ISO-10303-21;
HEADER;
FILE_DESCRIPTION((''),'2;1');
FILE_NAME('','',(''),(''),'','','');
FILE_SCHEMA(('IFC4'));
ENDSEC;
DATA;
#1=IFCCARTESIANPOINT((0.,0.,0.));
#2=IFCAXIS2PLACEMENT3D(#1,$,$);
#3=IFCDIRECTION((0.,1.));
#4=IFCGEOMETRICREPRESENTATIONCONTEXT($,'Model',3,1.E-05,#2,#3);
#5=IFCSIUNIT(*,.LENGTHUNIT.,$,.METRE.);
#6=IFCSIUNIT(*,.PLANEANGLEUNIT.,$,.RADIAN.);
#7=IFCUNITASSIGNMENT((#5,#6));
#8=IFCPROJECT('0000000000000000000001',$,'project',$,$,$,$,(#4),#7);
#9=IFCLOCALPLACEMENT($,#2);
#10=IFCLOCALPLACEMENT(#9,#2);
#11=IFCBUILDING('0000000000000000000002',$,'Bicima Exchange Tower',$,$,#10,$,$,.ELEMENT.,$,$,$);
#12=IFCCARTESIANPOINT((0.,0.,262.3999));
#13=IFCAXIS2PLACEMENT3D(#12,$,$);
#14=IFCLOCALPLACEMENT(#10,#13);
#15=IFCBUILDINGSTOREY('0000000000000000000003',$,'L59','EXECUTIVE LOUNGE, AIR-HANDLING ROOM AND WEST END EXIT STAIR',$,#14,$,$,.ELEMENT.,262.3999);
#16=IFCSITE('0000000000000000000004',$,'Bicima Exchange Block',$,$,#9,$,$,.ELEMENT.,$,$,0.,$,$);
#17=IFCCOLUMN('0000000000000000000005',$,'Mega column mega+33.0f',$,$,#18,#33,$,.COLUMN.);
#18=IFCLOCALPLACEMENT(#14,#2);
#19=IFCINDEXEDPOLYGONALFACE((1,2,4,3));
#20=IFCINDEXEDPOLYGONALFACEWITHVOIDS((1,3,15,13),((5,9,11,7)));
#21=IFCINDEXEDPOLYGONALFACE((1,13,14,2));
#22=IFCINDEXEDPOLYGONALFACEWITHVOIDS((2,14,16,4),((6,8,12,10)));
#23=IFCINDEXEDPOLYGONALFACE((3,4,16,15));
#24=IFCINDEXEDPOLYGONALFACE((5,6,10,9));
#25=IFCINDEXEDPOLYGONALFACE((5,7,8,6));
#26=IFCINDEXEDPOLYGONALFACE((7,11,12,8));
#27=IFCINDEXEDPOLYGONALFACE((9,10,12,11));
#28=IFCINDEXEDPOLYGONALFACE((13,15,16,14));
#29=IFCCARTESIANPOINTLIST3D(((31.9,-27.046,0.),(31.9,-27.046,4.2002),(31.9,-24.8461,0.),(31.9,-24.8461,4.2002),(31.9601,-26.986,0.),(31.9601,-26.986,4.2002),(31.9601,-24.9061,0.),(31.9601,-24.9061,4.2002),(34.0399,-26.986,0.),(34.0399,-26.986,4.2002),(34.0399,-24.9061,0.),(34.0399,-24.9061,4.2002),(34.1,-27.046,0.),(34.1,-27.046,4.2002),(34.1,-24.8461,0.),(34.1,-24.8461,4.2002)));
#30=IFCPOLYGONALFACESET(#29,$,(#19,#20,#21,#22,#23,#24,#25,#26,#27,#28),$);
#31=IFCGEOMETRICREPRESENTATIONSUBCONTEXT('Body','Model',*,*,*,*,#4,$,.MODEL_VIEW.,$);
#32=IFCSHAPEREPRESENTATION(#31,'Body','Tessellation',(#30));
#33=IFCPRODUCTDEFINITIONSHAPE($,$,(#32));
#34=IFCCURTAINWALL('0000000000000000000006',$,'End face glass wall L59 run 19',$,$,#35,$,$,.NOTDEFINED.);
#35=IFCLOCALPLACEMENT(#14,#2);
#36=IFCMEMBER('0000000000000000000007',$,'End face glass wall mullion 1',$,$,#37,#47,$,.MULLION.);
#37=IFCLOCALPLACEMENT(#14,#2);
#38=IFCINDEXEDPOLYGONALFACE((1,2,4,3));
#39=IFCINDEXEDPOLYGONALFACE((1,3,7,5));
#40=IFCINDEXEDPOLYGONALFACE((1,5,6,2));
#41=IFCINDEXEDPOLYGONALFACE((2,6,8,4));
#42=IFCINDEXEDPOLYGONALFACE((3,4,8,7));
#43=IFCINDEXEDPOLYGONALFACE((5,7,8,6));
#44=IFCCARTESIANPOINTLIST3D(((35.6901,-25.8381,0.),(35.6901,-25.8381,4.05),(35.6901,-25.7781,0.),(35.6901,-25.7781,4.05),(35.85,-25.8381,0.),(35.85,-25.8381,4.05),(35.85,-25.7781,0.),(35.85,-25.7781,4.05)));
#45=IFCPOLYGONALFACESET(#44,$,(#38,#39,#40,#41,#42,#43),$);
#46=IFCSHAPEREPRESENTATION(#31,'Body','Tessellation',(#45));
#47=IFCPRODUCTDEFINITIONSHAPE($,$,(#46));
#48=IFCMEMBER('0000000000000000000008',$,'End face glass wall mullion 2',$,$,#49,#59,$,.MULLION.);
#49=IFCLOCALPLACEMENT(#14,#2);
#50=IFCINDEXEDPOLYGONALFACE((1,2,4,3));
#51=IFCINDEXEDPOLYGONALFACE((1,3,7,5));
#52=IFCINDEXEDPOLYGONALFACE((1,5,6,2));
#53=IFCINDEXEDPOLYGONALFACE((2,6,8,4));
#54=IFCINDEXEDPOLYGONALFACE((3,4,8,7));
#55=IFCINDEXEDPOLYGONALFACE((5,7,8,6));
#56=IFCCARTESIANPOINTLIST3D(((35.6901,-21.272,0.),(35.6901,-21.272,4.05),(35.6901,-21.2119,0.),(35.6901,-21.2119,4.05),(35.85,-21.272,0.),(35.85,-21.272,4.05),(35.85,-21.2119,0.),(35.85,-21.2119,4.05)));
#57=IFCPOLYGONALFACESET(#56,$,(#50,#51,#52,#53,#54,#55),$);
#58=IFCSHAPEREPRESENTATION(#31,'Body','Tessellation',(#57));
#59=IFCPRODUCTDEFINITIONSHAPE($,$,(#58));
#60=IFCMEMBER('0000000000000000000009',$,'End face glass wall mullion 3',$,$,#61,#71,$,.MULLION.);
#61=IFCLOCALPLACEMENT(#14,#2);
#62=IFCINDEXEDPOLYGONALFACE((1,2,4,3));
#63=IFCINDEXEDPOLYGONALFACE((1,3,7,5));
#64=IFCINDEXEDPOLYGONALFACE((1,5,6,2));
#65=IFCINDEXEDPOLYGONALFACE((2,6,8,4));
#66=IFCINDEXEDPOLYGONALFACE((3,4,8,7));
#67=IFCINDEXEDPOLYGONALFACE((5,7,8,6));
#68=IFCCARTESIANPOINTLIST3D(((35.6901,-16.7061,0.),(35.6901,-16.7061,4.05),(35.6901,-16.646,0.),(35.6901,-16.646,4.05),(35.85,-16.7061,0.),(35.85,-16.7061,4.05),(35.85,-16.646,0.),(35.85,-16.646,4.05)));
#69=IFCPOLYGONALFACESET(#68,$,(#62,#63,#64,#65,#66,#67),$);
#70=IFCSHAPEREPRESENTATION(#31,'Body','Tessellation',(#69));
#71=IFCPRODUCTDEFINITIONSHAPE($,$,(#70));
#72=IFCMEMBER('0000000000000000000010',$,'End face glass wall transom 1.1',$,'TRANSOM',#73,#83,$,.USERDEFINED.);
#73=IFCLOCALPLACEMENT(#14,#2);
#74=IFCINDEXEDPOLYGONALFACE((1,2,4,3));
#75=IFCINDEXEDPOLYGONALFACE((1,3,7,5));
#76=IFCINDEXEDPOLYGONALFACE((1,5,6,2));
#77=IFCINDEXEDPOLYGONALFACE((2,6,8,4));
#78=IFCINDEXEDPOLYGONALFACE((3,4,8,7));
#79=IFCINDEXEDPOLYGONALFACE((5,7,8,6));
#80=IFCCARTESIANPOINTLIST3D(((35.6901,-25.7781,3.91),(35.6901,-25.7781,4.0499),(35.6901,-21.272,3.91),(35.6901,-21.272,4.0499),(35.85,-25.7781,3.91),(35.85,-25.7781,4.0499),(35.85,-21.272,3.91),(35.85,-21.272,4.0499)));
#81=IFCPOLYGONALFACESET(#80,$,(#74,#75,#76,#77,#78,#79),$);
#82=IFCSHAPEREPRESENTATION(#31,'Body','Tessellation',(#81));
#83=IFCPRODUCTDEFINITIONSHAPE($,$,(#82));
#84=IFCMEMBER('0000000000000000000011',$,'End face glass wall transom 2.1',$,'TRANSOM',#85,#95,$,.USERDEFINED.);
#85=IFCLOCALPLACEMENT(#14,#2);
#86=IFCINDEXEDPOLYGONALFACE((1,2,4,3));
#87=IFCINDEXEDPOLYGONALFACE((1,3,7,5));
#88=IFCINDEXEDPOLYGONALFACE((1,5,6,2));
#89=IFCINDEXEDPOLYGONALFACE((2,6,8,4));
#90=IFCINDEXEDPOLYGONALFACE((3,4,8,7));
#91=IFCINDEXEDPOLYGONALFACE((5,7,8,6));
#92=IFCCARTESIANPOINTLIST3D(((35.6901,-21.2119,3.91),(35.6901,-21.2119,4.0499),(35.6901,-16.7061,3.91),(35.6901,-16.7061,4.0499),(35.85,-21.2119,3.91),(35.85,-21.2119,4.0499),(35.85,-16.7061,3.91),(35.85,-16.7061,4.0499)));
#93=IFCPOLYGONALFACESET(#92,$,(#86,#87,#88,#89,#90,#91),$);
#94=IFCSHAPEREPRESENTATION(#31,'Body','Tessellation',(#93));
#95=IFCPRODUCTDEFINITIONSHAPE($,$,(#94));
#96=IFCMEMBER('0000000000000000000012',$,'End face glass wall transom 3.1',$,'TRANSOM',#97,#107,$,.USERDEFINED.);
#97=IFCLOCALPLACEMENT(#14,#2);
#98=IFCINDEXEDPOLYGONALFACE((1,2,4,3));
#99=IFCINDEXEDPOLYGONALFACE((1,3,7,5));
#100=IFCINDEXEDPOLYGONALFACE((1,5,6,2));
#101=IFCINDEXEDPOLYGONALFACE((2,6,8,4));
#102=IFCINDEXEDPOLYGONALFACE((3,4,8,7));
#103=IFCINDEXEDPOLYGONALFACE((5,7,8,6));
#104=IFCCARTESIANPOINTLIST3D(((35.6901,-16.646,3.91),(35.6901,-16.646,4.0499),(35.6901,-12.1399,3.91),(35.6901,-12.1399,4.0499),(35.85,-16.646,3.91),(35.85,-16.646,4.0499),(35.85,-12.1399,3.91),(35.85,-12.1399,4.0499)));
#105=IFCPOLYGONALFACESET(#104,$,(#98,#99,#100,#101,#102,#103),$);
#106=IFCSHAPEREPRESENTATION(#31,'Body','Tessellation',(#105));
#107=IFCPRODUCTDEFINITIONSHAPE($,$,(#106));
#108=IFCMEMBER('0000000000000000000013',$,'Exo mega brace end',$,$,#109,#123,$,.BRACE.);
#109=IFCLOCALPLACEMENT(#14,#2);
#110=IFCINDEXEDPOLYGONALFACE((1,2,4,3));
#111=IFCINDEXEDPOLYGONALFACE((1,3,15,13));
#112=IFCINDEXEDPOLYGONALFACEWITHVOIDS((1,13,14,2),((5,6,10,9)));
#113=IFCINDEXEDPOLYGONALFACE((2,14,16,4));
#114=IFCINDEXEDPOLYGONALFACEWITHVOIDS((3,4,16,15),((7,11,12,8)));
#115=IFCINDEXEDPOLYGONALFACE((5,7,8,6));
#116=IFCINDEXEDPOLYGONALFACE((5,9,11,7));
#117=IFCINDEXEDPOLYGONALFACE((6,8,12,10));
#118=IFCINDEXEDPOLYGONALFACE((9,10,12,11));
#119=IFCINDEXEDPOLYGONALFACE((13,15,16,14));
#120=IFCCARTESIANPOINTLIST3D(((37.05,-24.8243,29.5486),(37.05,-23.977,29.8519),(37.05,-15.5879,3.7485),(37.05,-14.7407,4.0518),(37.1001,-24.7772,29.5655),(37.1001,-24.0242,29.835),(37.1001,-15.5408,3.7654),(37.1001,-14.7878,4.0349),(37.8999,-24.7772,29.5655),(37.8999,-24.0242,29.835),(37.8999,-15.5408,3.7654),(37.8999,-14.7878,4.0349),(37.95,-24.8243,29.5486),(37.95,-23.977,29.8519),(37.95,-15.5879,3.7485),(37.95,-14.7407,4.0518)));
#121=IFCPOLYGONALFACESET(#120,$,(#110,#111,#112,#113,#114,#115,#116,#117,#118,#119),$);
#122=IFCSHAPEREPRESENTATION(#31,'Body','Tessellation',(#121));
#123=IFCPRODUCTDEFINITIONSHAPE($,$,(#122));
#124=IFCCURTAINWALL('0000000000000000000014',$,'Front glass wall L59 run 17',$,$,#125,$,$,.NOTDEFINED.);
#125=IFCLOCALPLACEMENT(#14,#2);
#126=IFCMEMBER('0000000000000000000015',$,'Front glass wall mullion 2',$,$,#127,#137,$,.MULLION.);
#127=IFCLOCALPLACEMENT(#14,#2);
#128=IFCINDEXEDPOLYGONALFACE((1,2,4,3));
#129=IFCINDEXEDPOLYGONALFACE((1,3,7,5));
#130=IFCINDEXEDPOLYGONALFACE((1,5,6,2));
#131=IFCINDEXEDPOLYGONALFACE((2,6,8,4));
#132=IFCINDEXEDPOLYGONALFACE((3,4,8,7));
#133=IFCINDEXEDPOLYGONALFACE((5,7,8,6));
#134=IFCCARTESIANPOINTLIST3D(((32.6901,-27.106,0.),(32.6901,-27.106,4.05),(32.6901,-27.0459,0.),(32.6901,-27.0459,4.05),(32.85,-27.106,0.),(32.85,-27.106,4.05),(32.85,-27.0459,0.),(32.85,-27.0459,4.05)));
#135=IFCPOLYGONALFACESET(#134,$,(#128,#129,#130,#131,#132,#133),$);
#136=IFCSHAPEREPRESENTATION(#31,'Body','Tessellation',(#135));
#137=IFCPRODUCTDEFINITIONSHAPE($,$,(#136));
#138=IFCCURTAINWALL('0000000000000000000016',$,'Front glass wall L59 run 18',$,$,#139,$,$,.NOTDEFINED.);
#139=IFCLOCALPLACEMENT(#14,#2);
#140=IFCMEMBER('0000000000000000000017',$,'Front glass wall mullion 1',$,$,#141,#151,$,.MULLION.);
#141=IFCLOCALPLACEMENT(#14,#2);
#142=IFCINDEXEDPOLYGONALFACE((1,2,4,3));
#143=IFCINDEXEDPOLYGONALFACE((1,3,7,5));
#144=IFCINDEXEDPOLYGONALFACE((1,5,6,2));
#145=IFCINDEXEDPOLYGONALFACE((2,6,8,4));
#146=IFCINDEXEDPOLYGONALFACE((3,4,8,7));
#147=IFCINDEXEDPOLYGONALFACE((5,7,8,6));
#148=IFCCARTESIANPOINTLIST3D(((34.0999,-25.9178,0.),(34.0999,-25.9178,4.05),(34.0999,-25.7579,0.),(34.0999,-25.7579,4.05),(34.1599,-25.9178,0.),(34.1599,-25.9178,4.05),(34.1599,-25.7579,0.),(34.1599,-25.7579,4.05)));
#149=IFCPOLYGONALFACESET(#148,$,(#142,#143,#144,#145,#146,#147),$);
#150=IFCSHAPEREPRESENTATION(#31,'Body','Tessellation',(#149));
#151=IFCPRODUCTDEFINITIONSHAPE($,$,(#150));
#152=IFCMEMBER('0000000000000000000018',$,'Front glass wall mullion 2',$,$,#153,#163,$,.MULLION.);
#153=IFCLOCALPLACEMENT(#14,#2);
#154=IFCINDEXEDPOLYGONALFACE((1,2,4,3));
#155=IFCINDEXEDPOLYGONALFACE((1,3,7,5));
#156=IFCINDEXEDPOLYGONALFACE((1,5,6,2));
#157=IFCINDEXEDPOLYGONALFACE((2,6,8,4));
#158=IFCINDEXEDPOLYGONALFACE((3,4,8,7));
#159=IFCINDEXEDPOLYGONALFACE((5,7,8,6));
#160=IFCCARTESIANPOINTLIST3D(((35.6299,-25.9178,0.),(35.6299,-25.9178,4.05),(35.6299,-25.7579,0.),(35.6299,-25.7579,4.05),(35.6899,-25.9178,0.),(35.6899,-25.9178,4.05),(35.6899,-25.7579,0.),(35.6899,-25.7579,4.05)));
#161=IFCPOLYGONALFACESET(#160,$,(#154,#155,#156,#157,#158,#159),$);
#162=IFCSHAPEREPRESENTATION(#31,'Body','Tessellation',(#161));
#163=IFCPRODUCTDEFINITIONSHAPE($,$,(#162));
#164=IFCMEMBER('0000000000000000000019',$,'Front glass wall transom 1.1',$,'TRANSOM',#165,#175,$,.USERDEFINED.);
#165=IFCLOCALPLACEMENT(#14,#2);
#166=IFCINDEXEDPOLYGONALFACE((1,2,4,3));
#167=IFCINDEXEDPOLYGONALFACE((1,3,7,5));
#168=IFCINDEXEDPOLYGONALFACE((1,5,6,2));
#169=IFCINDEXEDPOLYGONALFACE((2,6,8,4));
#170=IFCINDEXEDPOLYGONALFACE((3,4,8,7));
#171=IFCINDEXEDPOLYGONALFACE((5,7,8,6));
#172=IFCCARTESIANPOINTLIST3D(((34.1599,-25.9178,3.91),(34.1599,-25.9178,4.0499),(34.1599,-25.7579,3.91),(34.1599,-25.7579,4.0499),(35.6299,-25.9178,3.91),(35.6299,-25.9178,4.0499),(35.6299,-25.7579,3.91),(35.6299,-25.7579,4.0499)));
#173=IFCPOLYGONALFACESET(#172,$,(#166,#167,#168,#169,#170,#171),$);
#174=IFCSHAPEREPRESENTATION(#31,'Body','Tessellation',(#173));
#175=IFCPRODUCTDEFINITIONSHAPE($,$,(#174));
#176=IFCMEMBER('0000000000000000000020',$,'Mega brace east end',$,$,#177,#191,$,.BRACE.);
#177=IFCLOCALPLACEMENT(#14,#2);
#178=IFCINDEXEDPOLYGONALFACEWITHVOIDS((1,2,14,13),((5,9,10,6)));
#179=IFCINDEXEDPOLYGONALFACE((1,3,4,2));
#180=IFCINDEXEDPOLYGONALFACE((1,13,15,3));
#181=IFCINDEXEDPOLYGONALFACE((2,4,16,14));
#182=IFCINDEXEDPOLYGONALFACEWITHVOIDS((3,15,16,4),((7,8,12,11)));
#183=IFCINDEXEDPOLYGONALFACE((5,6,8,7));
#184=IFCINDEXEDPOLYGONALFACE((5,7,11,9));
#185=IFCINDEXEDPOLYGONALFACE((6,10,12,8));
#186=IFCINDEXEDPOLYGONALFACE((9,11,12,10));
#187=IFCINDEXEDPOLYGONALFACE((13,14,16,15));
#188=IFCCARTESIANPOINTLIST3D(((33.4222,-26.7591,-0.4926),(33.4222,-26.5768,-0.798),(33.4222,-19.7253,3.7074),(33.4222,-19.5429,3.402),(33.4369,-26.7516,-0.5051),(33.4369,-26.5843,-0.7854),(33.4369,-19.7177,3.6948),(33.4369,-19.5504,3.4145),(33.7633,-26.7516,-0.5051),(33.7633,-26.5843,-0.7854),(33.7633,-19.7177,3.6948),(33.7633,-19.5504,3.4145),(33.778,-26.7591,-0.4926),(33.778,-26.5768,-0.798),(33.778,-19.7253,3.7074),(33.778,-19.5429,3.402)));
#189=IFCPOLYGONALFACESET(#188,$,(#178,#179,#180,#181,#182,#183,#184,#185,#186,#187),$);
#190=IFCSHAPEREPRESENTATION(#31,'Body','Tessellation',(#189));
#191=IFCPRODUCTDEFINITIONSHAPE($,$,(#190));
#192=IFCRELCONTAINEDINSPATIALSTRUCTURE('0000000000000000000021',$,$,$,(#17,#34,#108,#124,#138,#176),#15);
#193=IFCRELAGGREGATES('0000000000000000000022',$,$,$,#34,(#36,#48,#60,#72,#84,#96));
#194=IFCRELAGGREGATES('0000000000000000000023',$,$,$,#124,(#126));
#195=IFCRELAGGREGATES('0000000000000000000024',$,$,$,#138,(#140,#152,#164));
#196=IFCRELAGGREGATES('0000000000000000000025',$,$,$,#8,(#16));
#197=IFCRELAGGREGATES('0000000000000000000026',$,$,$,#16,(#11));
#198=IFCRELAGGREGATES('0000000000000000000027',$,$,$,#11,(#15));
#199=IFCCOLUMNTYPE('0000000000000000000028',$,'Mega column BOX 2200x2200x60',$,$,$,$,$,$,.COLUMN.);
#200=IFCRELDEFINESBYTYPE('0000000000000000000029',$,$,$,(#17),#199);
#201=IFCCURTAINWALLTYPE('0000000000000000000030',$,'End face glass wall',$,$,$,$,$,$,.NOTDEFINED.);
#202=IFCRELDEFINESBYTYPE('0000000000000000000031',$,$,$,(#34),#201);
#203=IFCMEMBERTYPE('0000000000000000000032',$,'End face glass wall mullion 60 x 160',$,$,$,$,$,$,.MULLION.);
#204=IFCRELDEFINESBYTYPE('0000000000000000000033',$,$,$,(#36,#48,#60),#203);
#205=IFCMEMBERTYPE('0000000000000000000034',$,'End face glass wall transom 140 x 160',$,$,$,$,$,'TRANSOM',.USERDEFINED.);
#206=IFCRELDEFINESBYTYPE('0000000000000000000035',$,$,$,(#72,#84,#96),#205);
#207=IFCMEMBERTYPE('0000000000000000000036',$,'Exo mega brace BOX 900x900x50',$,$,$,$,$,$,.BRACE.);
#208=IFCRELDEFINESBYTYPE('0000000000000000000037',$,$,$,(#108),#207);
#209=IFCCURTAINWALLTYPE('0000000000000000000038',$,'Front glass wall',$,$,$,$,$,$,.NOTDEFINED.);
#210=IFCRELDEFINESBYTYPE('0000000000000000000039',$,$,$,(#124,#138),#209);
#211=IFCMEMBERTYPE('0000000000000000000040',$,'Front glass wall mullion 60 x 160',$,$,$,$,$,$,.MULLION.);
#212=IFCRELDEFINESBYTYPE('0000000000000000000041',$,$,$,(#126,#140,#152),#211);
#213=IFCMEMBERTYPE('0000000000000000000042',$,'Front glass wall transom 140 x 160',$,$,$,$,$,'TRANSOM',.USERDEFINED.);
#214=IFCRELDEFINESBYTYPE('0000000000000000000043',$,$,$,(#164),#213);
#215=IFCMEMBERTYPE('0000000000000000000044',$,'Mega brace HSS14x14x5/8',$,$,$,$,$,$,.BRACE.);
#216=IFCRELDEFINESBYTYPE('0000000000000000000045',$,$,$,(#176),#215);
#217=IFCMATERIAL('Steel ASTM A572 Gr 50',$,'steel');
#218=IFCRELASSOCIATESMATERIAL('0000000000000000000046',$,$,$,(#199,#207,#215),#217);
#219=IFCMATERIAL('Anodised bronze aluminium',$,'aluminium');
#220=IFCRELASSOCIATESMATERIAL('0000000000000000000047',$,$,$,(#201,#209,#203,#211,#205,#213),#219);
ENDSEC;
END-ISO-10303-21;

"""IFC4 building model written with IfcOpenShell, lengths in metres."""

from ifc_helpers import new_model, si_unit, direction, frame, origin, origin_2d, place, context, subcontext, project, spatial, rectangle, hollow_rectangle, extrude, material, material_profile, profile_set, type_object, element, aggregate, save


model = new_model("IFC4")

# Units and contexts
model_context = context("Model", 3, precision=1e-05, world=origin(), true_north=direction((0.0, 1.0)))
body_context = subcontext(model_context, "Body", "Model", "MODEL_VIEW")
ifc_project = project(units=[si_unit("LENGTHUNIT", "METRE"), si_unit("PLANEANGLEUNIT", "RADIAN")], contexts=[model_context])

# Site, building, storey
site_placement = place(None, origin())
site = spatial("IfcSite", under=ifc_project, at=site_placement, Name="Bicima Exchange Block", CompositionType="ELEMENT", RefElevation=0.0)
building_placement = place(site_placement, origin())
building = spatial("IfcBuilding", under=site, at=building_placement, Name="Bicima Exchange Tower", CompositionType="ELEMENT")
storey_placement = place(building_placement, frame((0.0, 0.0, 262.3999)))
storey = spatial("IfcBuildingStorey", under=building, at=storey_placement, Name="L59", Description="EXECUTIVE LOUNGE, AIR-HANDLING ROOM AND WEST END EXIT STAIR", CompositionType="ELEMENT", Elevation=262.3999)

# Column
ifc_material_1 = material(Name="Steel ASTM A572 Gr 50", Category="steel")
ifc_material_profile_1 = material_profile(ifc_material_1, hollow_rectangle(XDim=2.2, YDim=2.2, WallThickness=0.0601, at=origin_2d()))
ifc_profile_set_1 = profile_set([ifc_material_profile_1], Name="Steel ASTM A572 Gr 50")
column_type = type_object("IfcColumnType", Name="Mega column BOX 2200x2200x60", PredefinedType="COLUMN", material=ifc_profile_set_1)
column_placement = place(storey_placement, frame((33.0, -25.946, 0.0), z_axis=(0.0, 0.0, 1.0), x_axis=(1.0, 0.0, 0.0)))
element("IfcColumn", 1, at=column_placement, inside=storey, type_object=column_type, Name="Mega column mega+33.0f", PredefinedType="COLUMN", context=body_context, shape_type="SweptSolid", body=[
    extrude(hollow_rectangle(XDim=2.2, YDim=2.2, WallThickness=0.0601, at=origin_2d()), origin(), (0.0, 0.0, 1.0), 4.2002),
])

# Curtain wall, members
ifc_material_2 = material(Name="Anodised bronze aluminium", Category="aluminium")
curtain_wall_type_1 = type_object("IfcCurtainWallType", Name="End face glass wall", PredefinedType="NOTDEFINED", material=ifc_material_2)
curtain_wall_1_placement = place(storey_placement, origin())
curtain_wall_1 = element("IfcCurtainWall", 2, at=curtain_wall_1_placement, inside=storey, type_object=curtain_wall_type_1, Name="End face glass wall L59 run 19", PredefinedType="NOTDEFINED")
ifc_material_profile_2 = material_profile(ifc_material_2, rectangle(XDim=0.1599, YDim=0.0601, at=origin_2d()))
ifc_profile_set_2 = profile_set([ifc_material_profile_2], Name="Anodised bronze aluminium")
member_type_1 = type_object("IfcMemberType", Name="End face glass wall mullion 60 x 160", PredefinedType="MULLION", material=ifc_profile_set_2)
member_1_placement = place(storey_placement, frame((35.77, -25.8081, 0.0), z_axis=(0.0, 0.0, 1.0), x_axis=(-1.0, 0.0, 0.0)))
member_1 = element("IfcMember", 3, at=member_1_placement, type_object=member_type_1, Name="End face glass wall mullion 1", PredefinedType="MULLION", context=body_context, shape_type="SweptSolid", body=[
    extrude(rectangle(XDim=0.1599, YDim=0.0601, at=origin_2d()), origin(), (0.0, 0.0, 1.0), 4.05),
])
member_2_placement = place(storey_placement, frame((35.77, -21.2419, 0.0), z_axis=(0.0, 0.0, 1.0), x_axis=(-1.0, 0.0, 0.0)))
member_2 = element("IfcMember", 4, at=member_2_placement, type_object=member_type_1, Name="End face glass wall mullion 2", PredefinedType="MULLION", context=body_context, shape_type="SweptSolid", body=[
    extrude(rectangle(XDim=0.1599, YDim=0.0601, at=origin_2d()), origin(), (0.0, 0.0, 1.0), 4.05),
])
member_3_placement = place(storey_placement, frame((35.77, -16.676, 0.0), z_axis=(0.0, 0.0, 1.0), x_axis=(-1.0, 0.0, 0.0)))
member_3 = element("IfcMember", 5, at=member_3_placement, type_object=member_type_1, Name="End face glass wall mullion 3", PredefinedType="MULLION", context=body_context, shape_type="SweptSolid", body=[
    extrude(rectangle(XDim=0.1599, YDim=0.0601, at=origin_2d()), origin(), (0.0, 0.0, 1.0), 4.05),
])
ifc_material_profile_3 = material_profile(ifc_material_2, rectangle(XDim=0.1599, YDim=0.1399, at=origin_2d()))
ifc_profile_set_3 = profile_set([ifc_material_profile_3], Name="Anodised bronze aluminium")
member_type_2 = type_object("IfcMemberType", Name="End face glass wall transom 140 x 160", ElementType="TRANSOM", PredefinedType="USERDEFINED", material=ifc_profile_set_3)
member_4_placement = place(storey_placement, frame((35.77, -25.7781, 3.98), z_axis=(0.0, 1.0, 0.0), x_axis=(-1.0, 0.0, 0.0)))
member_4 = element("IfcMember", 6, at=member_4_placement, type_object=member_type_2, Name="End face glass wall transom 1.1", ObjectType="TRANSOM", PredefinedType="USERDEFINED", context=body_context, shape_type="SweptSolid", body=[
    extrude(rectangle(XDim=0.1599, YDim=0.1399, at=origin_2d()), origin(), (0.0, 0.0, 1.0), 4.5061),
])
member_5_placement = place(storey_placement, frame((35.77, -21.2119, 3.98), z_axis=(0.0, 1.0, 0.0), x_axis=(-1.0, 0.0, 0.0)))
member_5 = element("IfcMember", 7, at=member_5_placement, type_object=member_type_2, Name="End face glass wall transom 2.1", ObjectType="TRANSOM", PredefinedType="USERDEFINED", context=body_context, shape_type="SweptSolid", body=[
    extrude(rectangle(XDim=0.1599, YDim=0.1399, at=origin_2d()), origin(), (0.0, 0.0, 1.0), 4.5059),
])
member_6_placement = place(storey_placement, frame((35.77, -16.646, 3.98), z_axis=(0.0, 1.0, 0.0), x_axis=(-1.0, 0.0, 0.0)))
member_6 = element("IfcMember", 8, at=member_6_placement, type_object=member_type_2, Name="End face glass wall transom 3.1", ObjectType="TRANSOM", PredefinedType="USERDEFINED", context=body_context, shape_type="SweptSolid", body=[
    extrude(rectangle(XDim=0.1599, YDim=0.1399, at=origin_2d()), origin(), (0.0, 0.0, 1.0), 4.5061),
])

# Member
ifc_material_profile_4 = material_profile(ifc_material_1, hollow_rectangle(XDim=0.8999, YDim=0.8999, WallThickness=0.05, at=origin_2d()))
ifc_profile_set_4 = profile_set([ifc_material_profile_4], Name="Steel ASTM A572 Gr 50")
member_type_3 = type_object("IfcMemberType", Name="Exo mega brace BOX 900x900x50", PredefinedType="BRACE", material=ifc_profile_set_4)
member_7_placement = place(storey_placement, frame((37.5, -15.1643, 3.9001), z_axis=(0.0, -0.337049, 0.941487), x_axis=(1.0, 0.0, 0.0)))
element("IfcMember", 9, at=member_7_placement, inside=storey, type_object=member_type_3, Name="Exo mega brace end", PredefinedType="BRACE", context=body_context, shape_type="SweptSolid", body=[
    extrude(hollow_rectangle(XDim=0.8999, YDim=0.8999, WallThickness=0.05, at=origin_2d()), origin(), (0.0, 0.0, 1.0), 27.4036),
])

# Curtain wall, member
curtain_wall_type_2 = type_object("IfcCurtainWallType", Name="Front glass wall", PredefinedType="NOTDEFINED", material=ifc_material_2)
curtain_wall_2_placement = place(storey_placement, origin())
curtain_wall_2 = element("IfcCurtainWall", 10, at=curtain_wall_2_placement, inside=storey, type_object=curtain_wall_type_2, Name="Front glass wall L59 run 17", PredefinedType="NOTDEFINED")
member_type_4 = type_object("IfcMemberType", Name="Front glass wall mullion 60 x 160", PredefinedType="MULLION", material=ifc_profile_set_2)
member_8_placement = place(storey_placement, frame((32.77, -27.0759, 0.0), z_axis=(0.0, 0.0, 1.0), x_axis=(-1.0, 0.0, 0.0)))
member_8 = element("IfcMember", 11, at=member_8_placement, type_object=member_type_4, Name="Front glass wall mullion 2", PredefinedType="MULLION", context=body_context, shape_type="SweptSolid", body=[
    extrude(rectangle(XDim=0.1599, YDim=0.0601, at=origin_2d()), origin(), (0.0, 0.0, 1.0), 4.05),
])

# Curtain wall, members
curtain_wall_3_placement = place(storey_placement, origin())
curtain_wall_3 = element("IfcCurtainWall", 12, at=curtain_wall_3_placement, inside=storey, type_object=curtain_wall_type_2, Name="Front glass wall L59 run 18", PredefinedType="NOTDEFINED")
member_9_placement = place(storey_placement, frame((34.1299, -25.8379, 0.0), z_axis=(0.0, 0.0, 1.0), x_axis=(0.0, 1.0, 0.0)))
member_9 = element("IfcMember", 13, at=member_9_placement, type_object=member_type_4, Name="Front glass wall mullion 1", PredefinedType="MULLION", context=body_context, shape_type="SweptSolid", body=[
    extrude(rectangle(XDim=0.1599, YDim=0.0601, at=origin_2d()), origin(), (0.0, 0.0, 1.0), 4.05),
])
member_10_placement = place(storey_placement, frame((35.6599, -25.8379, 0.0), z_axis=(0.0, 0.0, 1.0), x_axis=(0.0, 1.0, 0.0)))
member_10 = element("IfcMember", 14, at=member_10_placement, type_object=member_type_4, Name="Front glass wall mullion 2", PredefinedType="MULLION", context=body_context, shape_type="SweptSolid", body=[
    extrude(rectangle(XDim=0.1599, YDim=0.0601, at=origin_2d()), origin(), (0.0, 0.0, 1.0), 4.05),
])
member_type_5 = type_object("IfcMemberType", Name="Front glass wall transom 140 x 160", ElementType="TRANSOM", PredefinedType="USERDEFINED", material=ifc_profile_set_3)
member_11_placement = place(storey_placement, frame((34.1599, -25.8379, 3.98), z_axis=(1.0, 0.0, 0.0), x_axis=(0.0, 1.0, 0.0)))
member_11 = element("IfcMember", 15, at=member_11_placement, type_object=member_type_5, Name="Front glass wall transom 1.1", ObjectType="TRANSOM", PredefinedType="USERDEFINED", context=body_context, shape_type="SweptSolid", body=[
    extrude(rectangle(XDim=0.1599, YDim=0.1399, at=origin_2d()), origin(), (0.0, 0.0, 1.0), 1.47),
])

# Member
ifc_material_profile_5 = material_profile(ifc_material_1, hollow_rectangle(XDim=0.3557, YDim=0.3557, WallThickness=0.0146, at=origin_2d()))
ifc_profile_set_5 = profile_set([ifc_material_profile_5], Name="Steel ASTM A572 Gr 50")
member_type_6 = type_object("IfcMemberType", Name="Mega brace HSS14x14x5/8", PredefinedType="BRACE", material=ifc_profile_set_5)
member_12_placement = place(storey_placement, frame((33.6001, -26.668, -0.6453), z_axis=(0.0, 0.85859, 0.512663), x_axis=(-1.0, 0.0, 0.0)))
element("IfcMember", 16, at=member_12_placement, inside=storey, type_object=member_type_6, Name="Mega brace east end", PredefinedType="BRACE", context=body_context, shape_type="SweptSolid", body=[
    extrude(hollow_rectangle(XDim=0.3557, YDim=0.3557, WallThickness=0.0146, at=origin_2d()), origin(), (0.0, 0.0, 1.0), 8.1924),
])

aggregate(curtain_wall_1, [member_1, member_2, member_3, member_4, member_5, member_6])
aggregate(curtain_wall_2, [member_8])
aggregate(curtain_wall_3, [member_9, member_10, member_11])

save(model, "model.ifc")
